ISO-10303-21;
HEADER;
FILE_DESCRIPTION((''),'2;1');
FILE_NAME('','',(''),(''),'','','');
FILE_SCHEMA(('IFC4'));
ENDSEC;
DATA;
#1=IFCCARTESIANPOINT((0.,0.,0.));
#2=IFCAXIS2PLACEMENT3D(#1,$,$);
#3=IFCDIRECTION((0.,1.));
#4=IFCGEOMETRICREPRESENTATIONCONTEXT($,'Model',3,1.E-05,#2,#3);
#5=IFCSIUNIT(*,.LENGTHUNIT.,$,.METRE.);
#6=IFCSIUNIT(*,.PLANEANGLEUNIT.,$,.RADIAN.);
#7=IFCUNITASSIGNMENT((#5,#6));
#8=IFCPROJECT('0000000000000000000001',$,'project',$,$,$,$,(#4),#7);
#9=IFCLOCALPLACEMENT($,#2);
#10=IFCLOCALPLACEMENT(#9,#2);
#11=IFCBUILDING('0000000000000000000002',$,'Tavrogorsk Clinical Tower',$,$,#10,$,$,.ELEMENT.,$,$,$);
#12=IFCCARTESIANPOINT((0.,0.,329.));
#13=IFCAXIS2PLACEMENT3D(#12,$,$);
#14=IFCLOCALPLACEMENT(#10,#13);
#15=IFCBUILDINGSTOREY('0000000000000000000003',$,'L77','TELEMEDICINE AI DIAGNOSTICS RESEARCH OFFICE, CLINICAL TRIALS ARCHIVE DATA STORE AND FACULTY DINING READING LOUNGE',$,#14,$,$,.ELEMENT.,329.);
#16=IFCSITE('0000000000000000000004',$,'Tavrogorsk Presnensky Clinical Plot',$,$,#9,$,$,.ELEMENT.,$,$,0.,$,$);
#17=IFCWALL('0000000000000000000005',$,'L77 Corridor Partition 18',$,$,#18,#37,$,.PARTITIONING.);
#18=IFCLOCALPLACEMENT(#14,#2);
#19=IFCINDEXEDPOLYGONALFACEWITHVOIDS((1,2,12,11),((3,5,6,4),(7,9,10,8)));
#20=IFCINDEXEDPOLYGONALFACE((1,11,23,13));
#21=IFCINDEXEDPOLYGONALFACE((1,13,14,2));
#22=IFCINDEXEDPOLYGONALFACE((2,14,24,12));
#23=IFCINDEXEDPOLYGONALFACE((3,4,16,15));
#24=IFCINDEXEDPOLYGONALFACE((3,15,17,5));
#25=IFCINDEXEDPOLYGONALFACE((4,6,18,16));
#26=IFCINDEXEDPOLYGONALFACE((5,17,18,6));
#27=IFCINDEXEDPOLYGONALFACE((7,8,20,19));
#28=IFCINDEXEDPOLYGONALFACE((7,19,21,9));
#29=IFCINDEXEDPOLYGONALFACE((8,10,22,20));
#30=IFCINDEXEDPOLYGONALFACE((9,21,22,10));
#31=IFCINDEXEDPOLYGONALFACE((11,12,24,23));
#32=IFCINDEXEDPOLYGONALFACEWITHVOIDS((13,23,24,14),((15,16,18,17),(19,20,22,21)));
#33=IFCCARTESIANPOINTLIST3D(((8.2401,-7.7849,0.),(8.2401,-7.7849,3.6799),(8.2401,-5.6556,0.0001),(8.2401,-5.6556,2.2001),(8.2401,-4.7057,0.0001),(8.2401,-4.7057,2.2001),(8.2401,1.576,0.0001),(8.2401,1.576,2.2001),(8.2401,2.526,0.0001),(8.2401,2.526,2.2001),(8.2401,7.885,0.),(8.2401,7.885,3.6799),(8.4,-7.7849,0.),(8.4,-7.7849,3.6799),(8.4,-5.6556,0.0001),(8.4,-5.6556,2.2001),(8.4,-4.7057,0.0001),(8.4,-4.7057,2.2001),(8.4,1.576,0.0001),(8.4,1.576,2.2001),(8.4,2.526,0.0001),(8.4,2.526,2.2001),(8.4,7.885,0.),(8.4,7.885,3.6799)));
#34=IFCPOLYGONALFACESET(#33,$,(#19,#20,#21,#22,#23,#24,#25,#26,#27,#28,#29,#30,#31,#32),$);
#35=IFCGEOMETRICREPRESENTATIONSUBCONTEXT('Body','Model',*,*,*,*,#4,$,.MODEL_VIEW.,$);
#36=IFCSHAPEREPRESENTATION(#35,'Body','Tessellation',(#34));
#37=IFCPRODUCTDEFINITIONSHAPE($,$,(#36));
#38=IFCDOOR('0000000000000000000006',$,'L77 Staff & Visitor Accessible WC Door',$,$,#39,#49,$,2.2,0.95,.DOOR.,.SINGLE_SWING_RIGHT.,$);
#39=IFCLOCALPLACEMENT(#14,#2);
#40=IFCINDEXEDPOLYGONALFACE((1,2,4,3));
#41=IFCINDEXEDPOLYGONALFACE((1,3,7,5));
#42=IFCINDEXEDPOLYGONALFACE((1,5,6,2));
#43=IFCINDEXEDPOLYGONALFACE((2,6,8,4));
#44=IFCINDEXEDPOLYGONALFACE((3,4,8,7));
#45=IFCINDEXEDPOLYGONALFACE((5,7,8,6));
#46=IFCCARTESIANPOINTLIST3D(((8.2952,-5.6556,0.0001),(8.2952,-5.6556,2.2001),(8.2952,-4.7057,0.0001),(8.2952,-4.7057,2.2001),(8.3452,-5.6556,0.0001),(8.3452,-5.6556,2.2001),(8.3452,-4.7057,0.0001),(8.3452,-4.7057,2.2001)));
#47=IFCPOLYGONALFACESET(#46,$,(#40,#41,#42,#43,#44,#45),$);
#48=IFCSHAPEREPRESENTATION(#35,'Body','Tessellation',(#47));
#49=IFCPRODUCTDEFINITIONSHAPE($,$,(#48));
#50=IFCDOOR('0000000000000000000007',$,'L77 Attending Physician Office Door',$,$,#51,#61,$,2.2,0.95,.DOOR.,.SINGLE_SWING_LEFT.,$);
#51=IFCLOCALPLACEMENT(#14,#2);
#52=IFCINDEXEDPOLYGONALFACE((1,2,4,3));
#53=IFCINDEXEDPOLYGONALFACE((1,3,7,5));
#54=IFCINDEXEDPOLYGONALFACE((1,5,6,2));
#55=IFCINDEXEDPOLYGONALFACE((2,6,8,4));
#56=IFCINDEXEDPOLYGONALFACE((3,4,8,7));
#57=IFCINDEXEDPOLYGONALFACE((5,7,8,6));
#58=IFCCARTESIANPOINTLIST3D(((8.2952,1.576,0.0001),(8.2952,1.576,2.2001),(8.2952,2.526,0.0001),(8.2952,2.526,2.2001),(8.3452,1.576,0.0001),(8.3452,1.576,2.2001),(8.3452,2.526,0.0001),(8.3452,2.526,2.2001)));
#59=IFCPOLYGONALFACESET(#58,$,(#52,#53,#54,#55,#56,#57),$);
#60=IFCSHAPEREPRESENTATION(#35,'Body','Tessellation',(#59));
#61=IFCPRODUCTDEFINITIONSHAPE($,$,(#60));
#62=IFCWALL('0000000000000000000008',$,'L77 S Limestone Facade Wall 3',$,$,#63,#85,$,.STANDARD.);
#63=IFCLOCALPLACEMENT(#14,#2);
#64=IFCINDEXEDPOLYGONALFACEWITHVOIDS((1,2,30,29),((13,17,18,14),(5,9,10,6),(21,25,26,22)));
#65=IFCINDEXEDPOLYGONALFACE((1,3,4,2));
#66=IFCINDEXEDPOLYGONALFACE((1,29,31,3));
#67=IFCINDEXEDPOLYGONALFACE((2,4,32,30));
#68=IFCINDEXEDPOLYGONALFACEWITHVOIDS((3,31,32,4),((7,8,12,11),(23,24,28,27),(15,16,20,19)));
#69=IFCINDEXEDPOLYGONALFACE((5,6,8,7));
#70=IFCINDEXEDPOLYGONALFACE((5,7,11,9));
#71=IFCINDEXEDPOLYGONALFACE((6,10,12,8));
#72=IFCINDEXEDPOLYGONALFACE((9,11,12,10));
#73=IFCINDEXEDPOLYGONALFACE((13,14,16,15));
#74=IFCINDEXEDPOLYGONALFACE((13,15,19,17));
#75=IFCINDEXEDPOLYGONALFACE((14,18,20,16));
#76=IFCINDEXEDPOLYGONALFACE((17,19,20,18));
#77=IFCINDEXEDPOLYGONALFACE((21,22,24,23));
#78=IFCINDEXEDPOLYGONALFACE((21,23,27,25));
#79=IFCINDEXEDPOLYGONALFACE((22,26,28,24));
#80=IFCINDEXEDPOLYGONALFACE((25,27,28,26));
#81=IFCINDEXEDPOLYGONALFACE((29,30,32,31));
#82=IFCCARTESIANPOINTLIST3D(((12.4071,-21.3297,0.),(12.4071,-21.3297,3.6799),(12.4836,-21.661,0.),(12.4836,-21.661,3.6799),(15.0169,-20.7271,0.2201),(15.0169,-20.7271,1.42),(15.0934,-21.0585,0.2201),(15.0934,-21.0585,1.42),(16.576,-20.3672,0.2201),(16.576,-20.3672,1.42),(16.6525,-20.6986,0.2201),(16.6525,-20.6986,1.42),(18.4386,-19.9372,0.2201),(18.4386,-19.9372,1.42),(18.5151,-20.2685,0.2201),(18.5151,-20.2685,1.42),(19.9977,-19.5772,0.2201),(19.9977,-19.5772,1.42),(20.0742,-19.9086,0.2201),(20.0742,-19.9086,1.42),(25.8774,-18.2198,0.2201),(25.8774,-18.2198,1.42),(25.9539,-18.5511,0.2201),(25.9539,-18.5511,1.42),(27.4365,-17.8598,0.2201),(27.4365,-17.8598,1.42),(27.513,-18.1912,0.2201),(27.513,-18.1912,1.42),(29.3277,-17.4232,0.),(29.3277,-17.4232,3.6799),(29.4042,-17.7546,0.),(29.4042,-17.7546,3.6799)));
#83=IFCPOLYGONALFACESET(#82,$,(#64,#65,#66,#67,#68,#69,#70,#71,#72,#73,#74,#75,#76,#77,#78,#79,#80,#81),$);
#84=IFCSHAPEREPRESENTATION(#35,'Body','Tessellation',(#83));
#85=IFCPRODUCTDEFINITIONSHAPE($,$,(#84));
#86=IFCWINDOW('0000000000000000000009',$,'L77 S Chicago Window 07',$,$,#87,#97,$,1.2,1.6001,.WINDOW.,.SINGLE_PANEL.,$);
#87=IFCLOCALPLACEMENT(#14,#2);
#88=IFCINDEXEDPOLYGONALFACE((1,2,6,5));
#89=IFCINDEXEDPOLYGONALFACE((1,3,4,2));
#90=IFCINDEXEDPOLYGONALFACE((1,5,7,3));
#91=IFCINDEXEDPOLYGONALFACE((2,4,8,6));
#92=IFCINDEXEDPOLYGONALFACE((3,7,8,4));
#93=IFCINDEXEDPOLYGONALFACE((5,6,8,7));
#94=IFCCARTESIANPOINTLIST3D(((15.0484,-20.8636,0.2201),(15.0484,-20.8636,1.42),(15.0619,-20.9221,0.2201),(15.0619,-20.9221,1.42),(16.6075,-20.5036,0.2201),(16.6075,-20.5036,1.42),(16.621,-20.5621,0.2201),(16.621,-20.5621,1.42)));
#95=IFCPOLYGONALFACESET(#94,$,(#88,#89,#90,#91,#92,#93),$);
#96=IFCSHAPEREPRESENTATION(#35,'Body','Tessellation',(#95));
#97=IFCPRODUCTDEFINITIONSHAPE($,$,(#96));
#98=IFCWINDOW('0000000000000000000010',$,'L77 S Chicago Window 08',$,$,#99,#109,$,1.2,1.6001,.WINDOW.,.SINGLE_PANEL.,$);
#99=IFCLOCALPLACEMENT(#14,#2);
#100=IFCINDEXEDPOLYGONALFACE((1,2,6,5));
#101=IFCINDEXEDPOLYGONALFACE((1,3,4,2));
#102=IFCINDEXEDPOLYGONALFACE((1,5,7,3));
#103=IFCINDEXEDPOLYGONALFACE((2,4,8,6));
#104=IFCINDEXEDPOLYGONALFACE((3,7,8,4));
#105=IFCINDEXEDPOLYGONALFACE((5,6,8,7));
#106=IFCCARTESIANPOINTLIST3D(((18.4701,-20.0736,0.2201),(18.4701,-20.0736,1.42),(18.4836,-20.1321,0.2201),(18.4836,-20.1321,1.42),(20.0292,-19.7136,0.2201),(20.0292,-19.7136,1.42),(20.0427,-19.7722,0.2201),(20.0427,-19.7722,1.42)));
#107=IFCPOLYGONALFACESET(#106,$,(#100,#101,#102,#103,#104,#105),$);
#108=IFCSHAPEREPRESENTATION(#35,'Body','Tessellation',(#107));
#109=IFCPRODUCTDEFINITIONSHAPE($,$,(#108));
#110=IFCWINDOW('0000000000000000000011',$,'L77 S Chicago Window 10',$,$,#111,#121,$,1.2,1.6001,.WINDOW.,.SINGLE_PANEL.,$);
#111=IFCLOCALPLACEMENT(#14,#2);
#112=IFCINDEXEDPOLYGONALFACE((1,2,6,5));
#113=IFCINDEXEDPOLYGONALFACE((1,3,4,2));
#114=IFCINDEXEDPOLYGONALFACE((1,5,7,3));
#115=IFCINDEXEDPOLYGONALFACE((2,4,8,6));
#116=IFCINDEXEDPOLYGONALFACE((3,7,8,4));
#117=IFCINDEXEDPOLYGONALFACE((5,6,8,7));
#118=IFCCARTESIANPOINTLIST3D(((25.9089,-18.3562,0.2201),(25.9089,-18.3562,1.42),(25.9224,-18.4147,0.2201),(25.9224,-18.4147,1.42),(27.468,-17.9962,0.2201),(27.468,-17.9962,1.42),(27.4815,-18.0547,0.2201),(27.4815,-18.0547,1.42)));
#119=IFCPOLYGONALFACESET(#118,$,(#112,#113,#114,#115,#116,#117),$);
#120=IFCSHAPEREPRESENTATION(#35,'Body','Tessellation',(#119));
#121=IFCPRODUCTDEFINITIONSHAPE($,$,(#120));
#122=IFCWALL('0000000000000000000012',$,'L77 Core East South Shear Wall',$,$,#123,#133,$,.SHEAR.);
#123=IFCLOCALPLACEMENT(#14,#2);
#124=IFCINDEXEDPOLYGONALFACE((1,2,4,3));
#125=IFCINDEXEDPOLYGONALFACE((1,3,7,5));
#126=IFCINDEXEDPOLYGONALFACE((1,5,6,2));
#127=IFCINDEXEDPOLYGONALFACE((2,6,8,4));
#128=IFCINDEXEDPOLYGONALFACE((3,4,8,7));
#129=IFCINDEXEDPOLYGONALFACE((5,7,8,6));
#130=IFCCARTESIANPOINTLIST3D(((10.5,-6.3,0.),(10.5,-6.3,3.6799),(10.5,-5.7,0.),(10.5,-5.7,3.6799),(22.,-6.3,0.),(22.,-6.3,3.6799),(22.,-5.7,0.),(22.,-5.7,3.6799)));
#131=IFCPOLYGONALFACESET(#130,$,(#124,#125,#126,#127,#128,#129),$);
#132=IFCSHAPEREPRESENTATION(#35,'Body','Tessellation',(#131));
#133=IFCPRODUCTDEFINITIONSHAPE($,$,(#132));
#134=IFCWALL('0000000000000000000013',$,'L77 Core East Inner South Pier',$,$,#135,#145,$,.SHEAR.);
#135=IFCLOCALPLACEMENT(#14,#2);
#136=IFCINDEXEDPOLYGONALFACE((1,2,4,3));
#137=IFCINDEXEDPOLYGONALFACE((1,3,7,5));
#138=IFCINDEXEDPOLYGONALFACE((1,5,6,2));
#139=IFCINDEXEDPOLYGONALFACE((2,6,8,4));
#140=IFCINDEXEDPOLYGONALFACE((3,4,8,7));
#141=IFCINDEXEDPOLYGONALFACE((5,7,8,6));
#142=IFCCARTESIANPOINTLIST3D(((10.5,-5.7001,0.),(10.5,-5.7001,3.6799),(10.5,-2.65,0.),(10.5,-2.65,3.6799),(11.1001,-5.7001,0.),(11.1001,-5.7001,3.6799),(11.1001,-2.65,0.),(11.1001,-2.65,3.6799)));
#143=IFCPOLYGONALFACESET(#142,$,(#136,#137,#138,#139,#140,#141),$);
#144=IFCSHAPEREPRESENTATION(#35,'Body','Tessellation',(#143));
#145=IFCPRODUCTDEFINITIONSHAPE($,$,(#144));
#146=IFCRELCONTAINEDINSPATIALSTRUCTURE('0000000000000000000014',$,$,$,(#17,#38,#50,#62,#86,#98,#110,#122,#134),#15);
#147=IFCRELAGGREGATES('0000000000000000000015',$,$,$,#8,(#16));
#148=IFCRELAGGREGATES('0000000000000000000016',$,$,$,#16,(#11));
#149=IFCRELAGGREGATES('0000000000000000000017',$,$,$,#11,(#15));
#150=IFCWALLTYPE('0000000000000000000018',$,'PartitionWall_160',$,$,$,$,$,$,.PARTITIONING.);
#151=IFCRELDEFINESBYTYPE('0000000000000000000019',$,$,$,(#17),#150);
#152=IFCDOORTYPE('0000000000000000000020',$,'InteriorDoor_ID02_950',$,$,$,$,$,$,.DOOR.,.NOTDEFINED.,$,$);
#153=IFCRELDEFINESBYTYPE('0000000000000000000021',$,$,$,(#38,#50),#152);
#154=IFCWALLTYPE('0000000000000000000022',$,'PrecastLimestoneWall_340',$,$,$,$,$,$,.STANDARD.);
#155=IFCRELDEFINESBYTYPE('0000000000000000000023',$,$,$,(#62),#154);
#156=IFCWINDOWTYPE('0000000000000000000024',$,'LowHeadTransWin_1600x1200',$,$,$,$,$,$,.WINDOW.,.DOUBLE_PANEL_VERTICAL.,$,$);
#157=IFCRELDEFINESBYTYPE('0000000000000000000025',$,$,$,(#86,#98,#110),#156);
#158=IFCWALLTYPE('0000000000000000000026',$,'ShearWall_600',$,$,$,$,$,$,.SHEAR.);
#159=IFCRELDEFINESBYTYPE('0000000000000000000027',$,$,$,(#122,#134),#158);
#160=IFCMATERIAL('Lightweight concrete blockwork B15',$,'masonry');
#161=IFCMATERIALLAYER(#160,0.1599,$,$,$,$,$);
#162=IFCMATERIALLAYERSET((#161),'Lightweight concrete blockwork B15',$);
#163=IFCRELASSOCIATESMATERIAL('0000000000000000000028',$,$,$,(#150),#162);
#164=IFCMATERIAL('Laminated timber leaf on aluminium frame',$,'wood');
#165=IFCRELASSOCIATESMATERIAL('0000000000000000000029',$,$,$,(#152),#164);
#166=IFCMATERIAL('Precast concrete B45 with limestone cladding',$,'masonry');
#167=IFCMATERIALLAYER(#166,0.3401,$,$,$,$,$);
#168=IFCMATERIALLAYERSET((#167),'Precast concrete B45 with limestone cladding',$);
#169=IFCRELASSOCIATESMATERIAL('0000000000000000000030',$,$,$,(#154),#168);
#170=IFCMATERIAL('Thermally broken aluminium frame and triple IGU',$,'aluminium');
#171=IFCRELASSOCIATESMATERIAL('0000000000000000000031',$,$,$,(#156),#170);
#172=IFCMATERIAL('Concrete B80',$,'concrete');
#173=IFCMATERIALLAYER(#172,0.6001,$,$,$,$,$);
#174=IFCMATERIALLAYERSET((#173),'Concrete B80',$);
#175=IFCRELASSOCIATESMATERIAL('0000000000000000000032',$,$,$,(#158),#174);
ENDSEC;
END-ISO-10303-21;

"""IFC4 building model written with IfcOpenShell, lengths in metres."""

from ifc_helpers import new_model, si_unit, direction, frame, frame_2d, origin, place, context, subcontext, project, spatial, rectangle, extrude, material, layer, layer_set, type_object, element, fill, save


model = new_model("IFC4")

# Units and contexts
model_context = context("Model", 3, precision=1e-05, world=origin(), true_north=direction((0.0, 1.0)))
body_context = subcontext(model_context, "Body", "Model", "MODEL_VIEW")
ifc_project = project(units=[si_unit("LENGTHUNIT", "METRE"), si_unit("PLANEANGLEUNIT", "RADIAN")], contexts=[model_context])

# Site, building, storey
site_placement = place(None, origin())
site = spatial("IfcSite", under=ifc_project, at=site_placement, Name="Tavrogorsk Presnensky Clinical Plot", CompositionType="ELEMENT", RefElevation=0.0)
building_placement = place(site_placement, origin())
building = spatial("IfcBuilding", under=site, at=building_placement, Name="Tavrogorsk Clinical Tower", CompositionType="ELEMENT")
storey_placement = place(building_placement, frame((0.0, 0.0, 329.0)))
storey = spatial("IfcBuildingStorey", under=building, at=storey_placement, Name="L77", Description="TELEMEDICINE AI DIAGNOSTICS RESEARCH OFFICE, CLINICAL TRIALS ARCHIVE DATA STORE AND FACULTY DINING READING LOUNGE", CompositionType="ELEMENT", Elevation=329.0)

# Shared definitions
ifc_material_1 = material(Name="Lightweight concrete blockwork B15", Category="masonry")
ifc_layer_1 = layer(ifc_material_1, 0.1599)
ifc_layer_set_1 = layer_set([ifc_layer_1], Name="Lightweight concrete blockwork B15")
wall_type_1 = type_object("IfcWallType", Name="PartitionWall_160", PredefinedType="PARTITIONING", material=ifc_layer_set_1)

# Wall, openings, doors
wall_1_placement = place(storey_placement, frame((8.3201, -7.7849, 0.0), z_axis=(0.0, 0.0, 1.0), x_axis=(0.0, 1.0, 0.0)))
wall_1 = element("IfcWall", 1, at=wall_1_placement, inside=storey, type_object=wall_type_1, Name="L77 Corridor Partition 18", PredefinedType="PARTITIONING", context=body_context, shape_type="SweptSolid", body=[
    extrude(rectangle(XDim=15.6699, YDim=0.1599, at=frame_2d((7.835, 0.0))), origin(), (0.0, 0.0, 1.0), 3.6799),
])
opening_1_placement = place(wall_1_placement, frame((2.1292, 0.0, 0.0)))
opening_1 = element("IfcOpeningElement", 2, at=opening_1_placement, cuts=wall_1, PredefinedType="OPENING", context=body_context, shape_type="SweptSolid", body=[
    extrude(rectangle(XDim=0.95, YDim=2.2, at=frame_2d((0.4751, 1.1001))), frame((0.0, 0.0898, 0.0), z_axis=(0.0, -1.0, 0.0), x_axis=(1.0, 0.0, 0.0)), (0.0, 0.0, 1.0), 0.1799),
])
opening_2_placement = place(wall_1_placement, frame((9.3608, 0.0, 0.0)))
opening_2 = element("IfcOpeningElement", 3, at=opening_2_placement, cuts=wall_1, PredefinedType="OPENING", context=body_context, shape_type="SweptSolid", body=[
    extrude(rectangle(XDim=0.95, YDim=2.2, at=frame_2d((0.4751, 1.1001))), frame((0.0, 0.0898, 0.0), z_axis=(0.0, -1.0, 0.0), x_axis=(1.0, 0.0, 0.0)), (0.0, 0.0, 1.0), 0.1799),
])
ifc_material_2 = material(Name="Laminated timber leaf on aluminium frame", Category="wood")
door_type = type_object("IfcDoorType", Name="InteriorDoor_ID02_950", OperationType="NOTDEFINED", PredefinedType="DOOR", material=ifc_material_2)
door_1_placement = place(opening_1_placement, origin())
door_1 = element("IfcDoor", 4, at=door_1_placement, inside=storey, type_object=door_type, Name="L77 Staff & Visitor Accessible WC Door", OperationType="SINGLE_SWING_RIGHT", OverallHeight=2.2, OverallWidth=0.95, PredefinedType="DOOR", context=body_context, shape_type="SweptSolid", body=[
    extrude(rectangle(XDim=0.95, YDim=2.2, at=frame_2d((0.4751, 1.1001))), frame((0.0, 0.0249, 0.0), z_axis=(0.0, -1.0, 0.0), x_axis=(1.0, 0.0, 0.0)), (0.0, 0.0, 1.0), 0.05),
])
fill(opening_1, door_1)
door_2_placement = place(opening_2_placement, origin())
door_2 = element("IfcDoor", 5, at=door_2_placement, inside=storey, type_object=door_type, Name="L77 Attending Physician Office Door", OperationType="SINGLE_SWING_LEFT", OverallHeight=2.2, OverallWidth=0.95, PredefinedType="DOOR", context=body_context, shape_type="SweptSolid", body=[
    extrude(rectangle(XDim=0.95, YDim=2.2, at=frame_2d((0.4751, 1.1001))), frame((0.0, 0.0249, 0.0), z_axis=(0.0, -1.0, 0.0), x_axis=(1.0, 0.0, 0.0)), (0.0, 0.0, 1.0), 0.05),
])
fill(opening_2, door_2)

# Wall, openings, windows
ifc_material_3 = material(Name="Precast concrete B45 with limestone cladding", Category="masonry")
ifc_layer_2 = layer(ifc_material_3, 0.3401)
ifc_layer_set_2 = layer_set([ifc_layer_2], Name="Precast concrete B45 with limestone cladding")
wall_type_2 = type_object("IfcWallType", Name="PrecastLimestoneWall_340", PredefinedType="STANDARD", material=ifc_layer_set_2)
wall_2_placement = place(storey_placement, frame((12.4453, -21.4954, 0.0), z_axis=(0.0, 0.0, 1.0), x_axis=(0.974369, 0.224954, 0.0)))
wall_2 = element("IfcWall", 6, at=wall_2_placement, inside=storey, type_object=wall_type_2, Name="L77 S Limestone Facade Wall 3", PredefinedType="STANDARD", context=body_context, shape_type="SweptSolid", body=[
    extrude(rectangle(XDim=17.3657, YDim=0.3401, at=frame_2d((8.6829, 0.0))), origin(), (0.0, 0.0, 1.0), 3.6799),
])
opening_3_placement = place(wall_2_placement, frame((2.6785, 0.0, 0.22)))
opening_3 = element("IfcOpeningElement", 7, at=opening_3_placement, cuts=wall_2, PredefinedType="OPENING", context=body_context, shape_type="SweptSolid", body=[
    extrude(rectangle(XDim=1.6001, YDim=1.2, at=frame_2d((0.8, 0.6001))), frame((0.0, 0.1799, 0.0), z_axis=(0.0, -1.0, 0.0), x_axis=(1.0, 0.0, 0.0)), (0.0, 0.0, 1.0), 0.3601),
])
opening_4_placement = place(wall_2_placement, frame((6.1902, 0.0, 0.22)))
opening_4 = element("IfcOpeningElement", 8, at=opening_4_placement, cuts=wall_2, PredefinedType="OPENING", context=body_context, shape_type="SweptSolid", body=[
    extrude(rectangle(XDim=1.6001, YDim=1.2, at=frame_2d((0.8, 0.6001))), frame((0.0, 0.1799, 0.0), z_axis=(0.0, -1.0, 0.0), x_axis=(1.0, 0.0, 0.0)), (0.0, 0.0, 1.0), 0.3601),
])
opening_5_placement = place(wall_2_placement, frame((13.8247, 0.0, 0.22)))
opening_5 = element("IfcOpeningElement", 9, at=opening_5_placement, cuts=wall_2, PredefinedType="OPENING", context=body_context, shape_type="SweptSolid", body=[
    extrude(rectangle(XDim=1.6001, YDim=1.2, at=frame_2d((0.8, 0.6001))), frame((0.0, 0.1799, 0.0), z_axis=(0.0, -1.0, 0.0), x_axis=(1.0, 0.0, 0.0)), (0.0, 0.0, 1.0), 0.3601),
])
ifc_material_4 = material(Name="Thermally broken aluminium frame and triple IGU", Category="aluminium")
window_type = type_object("IfcWindowType", Name="LowHeadTransWin_1600x1200", PartitioningType="DOUBLE_PANEL_VERTICAL", PredefinedType="WINDOW", material=ifc_material_4)
window_1_placement = place(opening_3_placement, origin())
window_1 = element("IfcWindow", 10, at=window_1_placement, inside=storey, type_object=window_type, Name="L77 S Chicago Window 07", OverallHeight=1.2, OverallWidth=1.6001, PartitioningType="SINGLE_PANEL", PredefinedType="WINDOW", context=body_context, shape_type="SweptSolid", body=[
    extrude(rectangle(XDim=1.6001, YDim=1.2, at=frame_2d((0.8, 0.6001))), frame((0.0, 0.03, 0.0), z_axis=(0.0, -1.0, 0.0), x_axis=(1.0, 0.0, 0.0)), (0.0, 0.0, 1.0), 0.0601),
])
fill(opening_3, window_1)
window_2_placement = place(opening_4_placement, origin())
window_2 = element("IfcWindow", 11, at=window_2_placement, inside=storey, type_object=window_type, Name="L77 S Chicago Window 08", OverallHeight=1.2, OverallWidth=1.6001, PartitioningType="SINGLE_PANEL", PredefinedType="WINDOW", context=body_context, shape_type="SweptSolid", body=[
    extrude(rectangle(XDim=1.6001, YDim=1.2, at=frame_2d((0.8, 0.6001))), frame((0.0, 0.03, 0.0), z_axis=(0.0, -1.0, 0.0), x_axis=(1.0, 0.0, 0.0)), (0.0, 0.0, 1.0), 0.0601),
])
fill(opening_4, window_2)
window_3_placement = place(opening_5_placement, origin())
window_3 = element("IfcWindow", 12, at=window_3_placement, inside=storey, type_object=window_type, Name="L77 S Chicago Window 10", OverallHeight=1.2, OverallWidth=1.6001, PartitioningType="SINGLE_PANEL", PredefinedType="WINDOW", context=body_context, shape_type="SweptSolid", body=[
    extrude(rectangle(XDim=1.6001, YDim=1.2, at=frame_2d((0.8, 0.6001))), frame((0.0, 0.03, 0.0), z_axis=(0.0, -1.0, 0.0), x_axis=(1.0, 0.0, 0.0)), (0.0, 0.0, 1.0), 0.0601),
])
fill(opening_5, window_3)

# Walls
ifc_material_5 = material(Name="Concrete B80", Category="concrete")
ifc_layer_3 = layer(ifc_material_5, 0.6001)
ifc_layer_set_3 = layer_set([ifc_layer_3], Name="Concrete B80")
wall_type_3 = type_object("IfcWallType", Name="ShearWall_600", PredefinedType="SHEAR", material=ifc_layer_set_3)
wall_3_placement = place(storey_placement, frame((10.5, -6.0, 0.0), z_axis=(0.0, 0.0, 1.0), x_axis=(1.0, 0.0, 0.0)))
element("IfcWall", 13, at=wall_3_placement, inside=storey, type_object=wall_type_3, Name="L77 Core East South Shear Wall", PredefinedType="SHEAR", context=body_context, shape_type="SweptSolid", body=[
    extrude(rectangle(XDim=11.5, YDim=0.6001, at=frame_2d((5.75, 0.0))), origin(), (0.0, 0.0, 1.0), 3.6799),
])
wall_4_placement = place(storey_placement, frame((10.8, -5.7, 0.0), z_axis=(0.0, 0.0, 1.0), x_axis=(0.0, 1.0, 0.0)))
element("IfcWall", 14, at=wall_4_placement, inside=storey, type_object=wall_type_3, Name="L77 Core East Inner South Pier", PredefinedType="SHEAR", context=body_context, shape_type="SweptSolid", body=[
    extrude(rectangle(XDim=3.05, YDim=0.6001, at=frame_2d((1.5249, 0.0))), origin(), (0.0, 0.0, 1.0), 3.6799),
])

save(model, "model.ifc")
